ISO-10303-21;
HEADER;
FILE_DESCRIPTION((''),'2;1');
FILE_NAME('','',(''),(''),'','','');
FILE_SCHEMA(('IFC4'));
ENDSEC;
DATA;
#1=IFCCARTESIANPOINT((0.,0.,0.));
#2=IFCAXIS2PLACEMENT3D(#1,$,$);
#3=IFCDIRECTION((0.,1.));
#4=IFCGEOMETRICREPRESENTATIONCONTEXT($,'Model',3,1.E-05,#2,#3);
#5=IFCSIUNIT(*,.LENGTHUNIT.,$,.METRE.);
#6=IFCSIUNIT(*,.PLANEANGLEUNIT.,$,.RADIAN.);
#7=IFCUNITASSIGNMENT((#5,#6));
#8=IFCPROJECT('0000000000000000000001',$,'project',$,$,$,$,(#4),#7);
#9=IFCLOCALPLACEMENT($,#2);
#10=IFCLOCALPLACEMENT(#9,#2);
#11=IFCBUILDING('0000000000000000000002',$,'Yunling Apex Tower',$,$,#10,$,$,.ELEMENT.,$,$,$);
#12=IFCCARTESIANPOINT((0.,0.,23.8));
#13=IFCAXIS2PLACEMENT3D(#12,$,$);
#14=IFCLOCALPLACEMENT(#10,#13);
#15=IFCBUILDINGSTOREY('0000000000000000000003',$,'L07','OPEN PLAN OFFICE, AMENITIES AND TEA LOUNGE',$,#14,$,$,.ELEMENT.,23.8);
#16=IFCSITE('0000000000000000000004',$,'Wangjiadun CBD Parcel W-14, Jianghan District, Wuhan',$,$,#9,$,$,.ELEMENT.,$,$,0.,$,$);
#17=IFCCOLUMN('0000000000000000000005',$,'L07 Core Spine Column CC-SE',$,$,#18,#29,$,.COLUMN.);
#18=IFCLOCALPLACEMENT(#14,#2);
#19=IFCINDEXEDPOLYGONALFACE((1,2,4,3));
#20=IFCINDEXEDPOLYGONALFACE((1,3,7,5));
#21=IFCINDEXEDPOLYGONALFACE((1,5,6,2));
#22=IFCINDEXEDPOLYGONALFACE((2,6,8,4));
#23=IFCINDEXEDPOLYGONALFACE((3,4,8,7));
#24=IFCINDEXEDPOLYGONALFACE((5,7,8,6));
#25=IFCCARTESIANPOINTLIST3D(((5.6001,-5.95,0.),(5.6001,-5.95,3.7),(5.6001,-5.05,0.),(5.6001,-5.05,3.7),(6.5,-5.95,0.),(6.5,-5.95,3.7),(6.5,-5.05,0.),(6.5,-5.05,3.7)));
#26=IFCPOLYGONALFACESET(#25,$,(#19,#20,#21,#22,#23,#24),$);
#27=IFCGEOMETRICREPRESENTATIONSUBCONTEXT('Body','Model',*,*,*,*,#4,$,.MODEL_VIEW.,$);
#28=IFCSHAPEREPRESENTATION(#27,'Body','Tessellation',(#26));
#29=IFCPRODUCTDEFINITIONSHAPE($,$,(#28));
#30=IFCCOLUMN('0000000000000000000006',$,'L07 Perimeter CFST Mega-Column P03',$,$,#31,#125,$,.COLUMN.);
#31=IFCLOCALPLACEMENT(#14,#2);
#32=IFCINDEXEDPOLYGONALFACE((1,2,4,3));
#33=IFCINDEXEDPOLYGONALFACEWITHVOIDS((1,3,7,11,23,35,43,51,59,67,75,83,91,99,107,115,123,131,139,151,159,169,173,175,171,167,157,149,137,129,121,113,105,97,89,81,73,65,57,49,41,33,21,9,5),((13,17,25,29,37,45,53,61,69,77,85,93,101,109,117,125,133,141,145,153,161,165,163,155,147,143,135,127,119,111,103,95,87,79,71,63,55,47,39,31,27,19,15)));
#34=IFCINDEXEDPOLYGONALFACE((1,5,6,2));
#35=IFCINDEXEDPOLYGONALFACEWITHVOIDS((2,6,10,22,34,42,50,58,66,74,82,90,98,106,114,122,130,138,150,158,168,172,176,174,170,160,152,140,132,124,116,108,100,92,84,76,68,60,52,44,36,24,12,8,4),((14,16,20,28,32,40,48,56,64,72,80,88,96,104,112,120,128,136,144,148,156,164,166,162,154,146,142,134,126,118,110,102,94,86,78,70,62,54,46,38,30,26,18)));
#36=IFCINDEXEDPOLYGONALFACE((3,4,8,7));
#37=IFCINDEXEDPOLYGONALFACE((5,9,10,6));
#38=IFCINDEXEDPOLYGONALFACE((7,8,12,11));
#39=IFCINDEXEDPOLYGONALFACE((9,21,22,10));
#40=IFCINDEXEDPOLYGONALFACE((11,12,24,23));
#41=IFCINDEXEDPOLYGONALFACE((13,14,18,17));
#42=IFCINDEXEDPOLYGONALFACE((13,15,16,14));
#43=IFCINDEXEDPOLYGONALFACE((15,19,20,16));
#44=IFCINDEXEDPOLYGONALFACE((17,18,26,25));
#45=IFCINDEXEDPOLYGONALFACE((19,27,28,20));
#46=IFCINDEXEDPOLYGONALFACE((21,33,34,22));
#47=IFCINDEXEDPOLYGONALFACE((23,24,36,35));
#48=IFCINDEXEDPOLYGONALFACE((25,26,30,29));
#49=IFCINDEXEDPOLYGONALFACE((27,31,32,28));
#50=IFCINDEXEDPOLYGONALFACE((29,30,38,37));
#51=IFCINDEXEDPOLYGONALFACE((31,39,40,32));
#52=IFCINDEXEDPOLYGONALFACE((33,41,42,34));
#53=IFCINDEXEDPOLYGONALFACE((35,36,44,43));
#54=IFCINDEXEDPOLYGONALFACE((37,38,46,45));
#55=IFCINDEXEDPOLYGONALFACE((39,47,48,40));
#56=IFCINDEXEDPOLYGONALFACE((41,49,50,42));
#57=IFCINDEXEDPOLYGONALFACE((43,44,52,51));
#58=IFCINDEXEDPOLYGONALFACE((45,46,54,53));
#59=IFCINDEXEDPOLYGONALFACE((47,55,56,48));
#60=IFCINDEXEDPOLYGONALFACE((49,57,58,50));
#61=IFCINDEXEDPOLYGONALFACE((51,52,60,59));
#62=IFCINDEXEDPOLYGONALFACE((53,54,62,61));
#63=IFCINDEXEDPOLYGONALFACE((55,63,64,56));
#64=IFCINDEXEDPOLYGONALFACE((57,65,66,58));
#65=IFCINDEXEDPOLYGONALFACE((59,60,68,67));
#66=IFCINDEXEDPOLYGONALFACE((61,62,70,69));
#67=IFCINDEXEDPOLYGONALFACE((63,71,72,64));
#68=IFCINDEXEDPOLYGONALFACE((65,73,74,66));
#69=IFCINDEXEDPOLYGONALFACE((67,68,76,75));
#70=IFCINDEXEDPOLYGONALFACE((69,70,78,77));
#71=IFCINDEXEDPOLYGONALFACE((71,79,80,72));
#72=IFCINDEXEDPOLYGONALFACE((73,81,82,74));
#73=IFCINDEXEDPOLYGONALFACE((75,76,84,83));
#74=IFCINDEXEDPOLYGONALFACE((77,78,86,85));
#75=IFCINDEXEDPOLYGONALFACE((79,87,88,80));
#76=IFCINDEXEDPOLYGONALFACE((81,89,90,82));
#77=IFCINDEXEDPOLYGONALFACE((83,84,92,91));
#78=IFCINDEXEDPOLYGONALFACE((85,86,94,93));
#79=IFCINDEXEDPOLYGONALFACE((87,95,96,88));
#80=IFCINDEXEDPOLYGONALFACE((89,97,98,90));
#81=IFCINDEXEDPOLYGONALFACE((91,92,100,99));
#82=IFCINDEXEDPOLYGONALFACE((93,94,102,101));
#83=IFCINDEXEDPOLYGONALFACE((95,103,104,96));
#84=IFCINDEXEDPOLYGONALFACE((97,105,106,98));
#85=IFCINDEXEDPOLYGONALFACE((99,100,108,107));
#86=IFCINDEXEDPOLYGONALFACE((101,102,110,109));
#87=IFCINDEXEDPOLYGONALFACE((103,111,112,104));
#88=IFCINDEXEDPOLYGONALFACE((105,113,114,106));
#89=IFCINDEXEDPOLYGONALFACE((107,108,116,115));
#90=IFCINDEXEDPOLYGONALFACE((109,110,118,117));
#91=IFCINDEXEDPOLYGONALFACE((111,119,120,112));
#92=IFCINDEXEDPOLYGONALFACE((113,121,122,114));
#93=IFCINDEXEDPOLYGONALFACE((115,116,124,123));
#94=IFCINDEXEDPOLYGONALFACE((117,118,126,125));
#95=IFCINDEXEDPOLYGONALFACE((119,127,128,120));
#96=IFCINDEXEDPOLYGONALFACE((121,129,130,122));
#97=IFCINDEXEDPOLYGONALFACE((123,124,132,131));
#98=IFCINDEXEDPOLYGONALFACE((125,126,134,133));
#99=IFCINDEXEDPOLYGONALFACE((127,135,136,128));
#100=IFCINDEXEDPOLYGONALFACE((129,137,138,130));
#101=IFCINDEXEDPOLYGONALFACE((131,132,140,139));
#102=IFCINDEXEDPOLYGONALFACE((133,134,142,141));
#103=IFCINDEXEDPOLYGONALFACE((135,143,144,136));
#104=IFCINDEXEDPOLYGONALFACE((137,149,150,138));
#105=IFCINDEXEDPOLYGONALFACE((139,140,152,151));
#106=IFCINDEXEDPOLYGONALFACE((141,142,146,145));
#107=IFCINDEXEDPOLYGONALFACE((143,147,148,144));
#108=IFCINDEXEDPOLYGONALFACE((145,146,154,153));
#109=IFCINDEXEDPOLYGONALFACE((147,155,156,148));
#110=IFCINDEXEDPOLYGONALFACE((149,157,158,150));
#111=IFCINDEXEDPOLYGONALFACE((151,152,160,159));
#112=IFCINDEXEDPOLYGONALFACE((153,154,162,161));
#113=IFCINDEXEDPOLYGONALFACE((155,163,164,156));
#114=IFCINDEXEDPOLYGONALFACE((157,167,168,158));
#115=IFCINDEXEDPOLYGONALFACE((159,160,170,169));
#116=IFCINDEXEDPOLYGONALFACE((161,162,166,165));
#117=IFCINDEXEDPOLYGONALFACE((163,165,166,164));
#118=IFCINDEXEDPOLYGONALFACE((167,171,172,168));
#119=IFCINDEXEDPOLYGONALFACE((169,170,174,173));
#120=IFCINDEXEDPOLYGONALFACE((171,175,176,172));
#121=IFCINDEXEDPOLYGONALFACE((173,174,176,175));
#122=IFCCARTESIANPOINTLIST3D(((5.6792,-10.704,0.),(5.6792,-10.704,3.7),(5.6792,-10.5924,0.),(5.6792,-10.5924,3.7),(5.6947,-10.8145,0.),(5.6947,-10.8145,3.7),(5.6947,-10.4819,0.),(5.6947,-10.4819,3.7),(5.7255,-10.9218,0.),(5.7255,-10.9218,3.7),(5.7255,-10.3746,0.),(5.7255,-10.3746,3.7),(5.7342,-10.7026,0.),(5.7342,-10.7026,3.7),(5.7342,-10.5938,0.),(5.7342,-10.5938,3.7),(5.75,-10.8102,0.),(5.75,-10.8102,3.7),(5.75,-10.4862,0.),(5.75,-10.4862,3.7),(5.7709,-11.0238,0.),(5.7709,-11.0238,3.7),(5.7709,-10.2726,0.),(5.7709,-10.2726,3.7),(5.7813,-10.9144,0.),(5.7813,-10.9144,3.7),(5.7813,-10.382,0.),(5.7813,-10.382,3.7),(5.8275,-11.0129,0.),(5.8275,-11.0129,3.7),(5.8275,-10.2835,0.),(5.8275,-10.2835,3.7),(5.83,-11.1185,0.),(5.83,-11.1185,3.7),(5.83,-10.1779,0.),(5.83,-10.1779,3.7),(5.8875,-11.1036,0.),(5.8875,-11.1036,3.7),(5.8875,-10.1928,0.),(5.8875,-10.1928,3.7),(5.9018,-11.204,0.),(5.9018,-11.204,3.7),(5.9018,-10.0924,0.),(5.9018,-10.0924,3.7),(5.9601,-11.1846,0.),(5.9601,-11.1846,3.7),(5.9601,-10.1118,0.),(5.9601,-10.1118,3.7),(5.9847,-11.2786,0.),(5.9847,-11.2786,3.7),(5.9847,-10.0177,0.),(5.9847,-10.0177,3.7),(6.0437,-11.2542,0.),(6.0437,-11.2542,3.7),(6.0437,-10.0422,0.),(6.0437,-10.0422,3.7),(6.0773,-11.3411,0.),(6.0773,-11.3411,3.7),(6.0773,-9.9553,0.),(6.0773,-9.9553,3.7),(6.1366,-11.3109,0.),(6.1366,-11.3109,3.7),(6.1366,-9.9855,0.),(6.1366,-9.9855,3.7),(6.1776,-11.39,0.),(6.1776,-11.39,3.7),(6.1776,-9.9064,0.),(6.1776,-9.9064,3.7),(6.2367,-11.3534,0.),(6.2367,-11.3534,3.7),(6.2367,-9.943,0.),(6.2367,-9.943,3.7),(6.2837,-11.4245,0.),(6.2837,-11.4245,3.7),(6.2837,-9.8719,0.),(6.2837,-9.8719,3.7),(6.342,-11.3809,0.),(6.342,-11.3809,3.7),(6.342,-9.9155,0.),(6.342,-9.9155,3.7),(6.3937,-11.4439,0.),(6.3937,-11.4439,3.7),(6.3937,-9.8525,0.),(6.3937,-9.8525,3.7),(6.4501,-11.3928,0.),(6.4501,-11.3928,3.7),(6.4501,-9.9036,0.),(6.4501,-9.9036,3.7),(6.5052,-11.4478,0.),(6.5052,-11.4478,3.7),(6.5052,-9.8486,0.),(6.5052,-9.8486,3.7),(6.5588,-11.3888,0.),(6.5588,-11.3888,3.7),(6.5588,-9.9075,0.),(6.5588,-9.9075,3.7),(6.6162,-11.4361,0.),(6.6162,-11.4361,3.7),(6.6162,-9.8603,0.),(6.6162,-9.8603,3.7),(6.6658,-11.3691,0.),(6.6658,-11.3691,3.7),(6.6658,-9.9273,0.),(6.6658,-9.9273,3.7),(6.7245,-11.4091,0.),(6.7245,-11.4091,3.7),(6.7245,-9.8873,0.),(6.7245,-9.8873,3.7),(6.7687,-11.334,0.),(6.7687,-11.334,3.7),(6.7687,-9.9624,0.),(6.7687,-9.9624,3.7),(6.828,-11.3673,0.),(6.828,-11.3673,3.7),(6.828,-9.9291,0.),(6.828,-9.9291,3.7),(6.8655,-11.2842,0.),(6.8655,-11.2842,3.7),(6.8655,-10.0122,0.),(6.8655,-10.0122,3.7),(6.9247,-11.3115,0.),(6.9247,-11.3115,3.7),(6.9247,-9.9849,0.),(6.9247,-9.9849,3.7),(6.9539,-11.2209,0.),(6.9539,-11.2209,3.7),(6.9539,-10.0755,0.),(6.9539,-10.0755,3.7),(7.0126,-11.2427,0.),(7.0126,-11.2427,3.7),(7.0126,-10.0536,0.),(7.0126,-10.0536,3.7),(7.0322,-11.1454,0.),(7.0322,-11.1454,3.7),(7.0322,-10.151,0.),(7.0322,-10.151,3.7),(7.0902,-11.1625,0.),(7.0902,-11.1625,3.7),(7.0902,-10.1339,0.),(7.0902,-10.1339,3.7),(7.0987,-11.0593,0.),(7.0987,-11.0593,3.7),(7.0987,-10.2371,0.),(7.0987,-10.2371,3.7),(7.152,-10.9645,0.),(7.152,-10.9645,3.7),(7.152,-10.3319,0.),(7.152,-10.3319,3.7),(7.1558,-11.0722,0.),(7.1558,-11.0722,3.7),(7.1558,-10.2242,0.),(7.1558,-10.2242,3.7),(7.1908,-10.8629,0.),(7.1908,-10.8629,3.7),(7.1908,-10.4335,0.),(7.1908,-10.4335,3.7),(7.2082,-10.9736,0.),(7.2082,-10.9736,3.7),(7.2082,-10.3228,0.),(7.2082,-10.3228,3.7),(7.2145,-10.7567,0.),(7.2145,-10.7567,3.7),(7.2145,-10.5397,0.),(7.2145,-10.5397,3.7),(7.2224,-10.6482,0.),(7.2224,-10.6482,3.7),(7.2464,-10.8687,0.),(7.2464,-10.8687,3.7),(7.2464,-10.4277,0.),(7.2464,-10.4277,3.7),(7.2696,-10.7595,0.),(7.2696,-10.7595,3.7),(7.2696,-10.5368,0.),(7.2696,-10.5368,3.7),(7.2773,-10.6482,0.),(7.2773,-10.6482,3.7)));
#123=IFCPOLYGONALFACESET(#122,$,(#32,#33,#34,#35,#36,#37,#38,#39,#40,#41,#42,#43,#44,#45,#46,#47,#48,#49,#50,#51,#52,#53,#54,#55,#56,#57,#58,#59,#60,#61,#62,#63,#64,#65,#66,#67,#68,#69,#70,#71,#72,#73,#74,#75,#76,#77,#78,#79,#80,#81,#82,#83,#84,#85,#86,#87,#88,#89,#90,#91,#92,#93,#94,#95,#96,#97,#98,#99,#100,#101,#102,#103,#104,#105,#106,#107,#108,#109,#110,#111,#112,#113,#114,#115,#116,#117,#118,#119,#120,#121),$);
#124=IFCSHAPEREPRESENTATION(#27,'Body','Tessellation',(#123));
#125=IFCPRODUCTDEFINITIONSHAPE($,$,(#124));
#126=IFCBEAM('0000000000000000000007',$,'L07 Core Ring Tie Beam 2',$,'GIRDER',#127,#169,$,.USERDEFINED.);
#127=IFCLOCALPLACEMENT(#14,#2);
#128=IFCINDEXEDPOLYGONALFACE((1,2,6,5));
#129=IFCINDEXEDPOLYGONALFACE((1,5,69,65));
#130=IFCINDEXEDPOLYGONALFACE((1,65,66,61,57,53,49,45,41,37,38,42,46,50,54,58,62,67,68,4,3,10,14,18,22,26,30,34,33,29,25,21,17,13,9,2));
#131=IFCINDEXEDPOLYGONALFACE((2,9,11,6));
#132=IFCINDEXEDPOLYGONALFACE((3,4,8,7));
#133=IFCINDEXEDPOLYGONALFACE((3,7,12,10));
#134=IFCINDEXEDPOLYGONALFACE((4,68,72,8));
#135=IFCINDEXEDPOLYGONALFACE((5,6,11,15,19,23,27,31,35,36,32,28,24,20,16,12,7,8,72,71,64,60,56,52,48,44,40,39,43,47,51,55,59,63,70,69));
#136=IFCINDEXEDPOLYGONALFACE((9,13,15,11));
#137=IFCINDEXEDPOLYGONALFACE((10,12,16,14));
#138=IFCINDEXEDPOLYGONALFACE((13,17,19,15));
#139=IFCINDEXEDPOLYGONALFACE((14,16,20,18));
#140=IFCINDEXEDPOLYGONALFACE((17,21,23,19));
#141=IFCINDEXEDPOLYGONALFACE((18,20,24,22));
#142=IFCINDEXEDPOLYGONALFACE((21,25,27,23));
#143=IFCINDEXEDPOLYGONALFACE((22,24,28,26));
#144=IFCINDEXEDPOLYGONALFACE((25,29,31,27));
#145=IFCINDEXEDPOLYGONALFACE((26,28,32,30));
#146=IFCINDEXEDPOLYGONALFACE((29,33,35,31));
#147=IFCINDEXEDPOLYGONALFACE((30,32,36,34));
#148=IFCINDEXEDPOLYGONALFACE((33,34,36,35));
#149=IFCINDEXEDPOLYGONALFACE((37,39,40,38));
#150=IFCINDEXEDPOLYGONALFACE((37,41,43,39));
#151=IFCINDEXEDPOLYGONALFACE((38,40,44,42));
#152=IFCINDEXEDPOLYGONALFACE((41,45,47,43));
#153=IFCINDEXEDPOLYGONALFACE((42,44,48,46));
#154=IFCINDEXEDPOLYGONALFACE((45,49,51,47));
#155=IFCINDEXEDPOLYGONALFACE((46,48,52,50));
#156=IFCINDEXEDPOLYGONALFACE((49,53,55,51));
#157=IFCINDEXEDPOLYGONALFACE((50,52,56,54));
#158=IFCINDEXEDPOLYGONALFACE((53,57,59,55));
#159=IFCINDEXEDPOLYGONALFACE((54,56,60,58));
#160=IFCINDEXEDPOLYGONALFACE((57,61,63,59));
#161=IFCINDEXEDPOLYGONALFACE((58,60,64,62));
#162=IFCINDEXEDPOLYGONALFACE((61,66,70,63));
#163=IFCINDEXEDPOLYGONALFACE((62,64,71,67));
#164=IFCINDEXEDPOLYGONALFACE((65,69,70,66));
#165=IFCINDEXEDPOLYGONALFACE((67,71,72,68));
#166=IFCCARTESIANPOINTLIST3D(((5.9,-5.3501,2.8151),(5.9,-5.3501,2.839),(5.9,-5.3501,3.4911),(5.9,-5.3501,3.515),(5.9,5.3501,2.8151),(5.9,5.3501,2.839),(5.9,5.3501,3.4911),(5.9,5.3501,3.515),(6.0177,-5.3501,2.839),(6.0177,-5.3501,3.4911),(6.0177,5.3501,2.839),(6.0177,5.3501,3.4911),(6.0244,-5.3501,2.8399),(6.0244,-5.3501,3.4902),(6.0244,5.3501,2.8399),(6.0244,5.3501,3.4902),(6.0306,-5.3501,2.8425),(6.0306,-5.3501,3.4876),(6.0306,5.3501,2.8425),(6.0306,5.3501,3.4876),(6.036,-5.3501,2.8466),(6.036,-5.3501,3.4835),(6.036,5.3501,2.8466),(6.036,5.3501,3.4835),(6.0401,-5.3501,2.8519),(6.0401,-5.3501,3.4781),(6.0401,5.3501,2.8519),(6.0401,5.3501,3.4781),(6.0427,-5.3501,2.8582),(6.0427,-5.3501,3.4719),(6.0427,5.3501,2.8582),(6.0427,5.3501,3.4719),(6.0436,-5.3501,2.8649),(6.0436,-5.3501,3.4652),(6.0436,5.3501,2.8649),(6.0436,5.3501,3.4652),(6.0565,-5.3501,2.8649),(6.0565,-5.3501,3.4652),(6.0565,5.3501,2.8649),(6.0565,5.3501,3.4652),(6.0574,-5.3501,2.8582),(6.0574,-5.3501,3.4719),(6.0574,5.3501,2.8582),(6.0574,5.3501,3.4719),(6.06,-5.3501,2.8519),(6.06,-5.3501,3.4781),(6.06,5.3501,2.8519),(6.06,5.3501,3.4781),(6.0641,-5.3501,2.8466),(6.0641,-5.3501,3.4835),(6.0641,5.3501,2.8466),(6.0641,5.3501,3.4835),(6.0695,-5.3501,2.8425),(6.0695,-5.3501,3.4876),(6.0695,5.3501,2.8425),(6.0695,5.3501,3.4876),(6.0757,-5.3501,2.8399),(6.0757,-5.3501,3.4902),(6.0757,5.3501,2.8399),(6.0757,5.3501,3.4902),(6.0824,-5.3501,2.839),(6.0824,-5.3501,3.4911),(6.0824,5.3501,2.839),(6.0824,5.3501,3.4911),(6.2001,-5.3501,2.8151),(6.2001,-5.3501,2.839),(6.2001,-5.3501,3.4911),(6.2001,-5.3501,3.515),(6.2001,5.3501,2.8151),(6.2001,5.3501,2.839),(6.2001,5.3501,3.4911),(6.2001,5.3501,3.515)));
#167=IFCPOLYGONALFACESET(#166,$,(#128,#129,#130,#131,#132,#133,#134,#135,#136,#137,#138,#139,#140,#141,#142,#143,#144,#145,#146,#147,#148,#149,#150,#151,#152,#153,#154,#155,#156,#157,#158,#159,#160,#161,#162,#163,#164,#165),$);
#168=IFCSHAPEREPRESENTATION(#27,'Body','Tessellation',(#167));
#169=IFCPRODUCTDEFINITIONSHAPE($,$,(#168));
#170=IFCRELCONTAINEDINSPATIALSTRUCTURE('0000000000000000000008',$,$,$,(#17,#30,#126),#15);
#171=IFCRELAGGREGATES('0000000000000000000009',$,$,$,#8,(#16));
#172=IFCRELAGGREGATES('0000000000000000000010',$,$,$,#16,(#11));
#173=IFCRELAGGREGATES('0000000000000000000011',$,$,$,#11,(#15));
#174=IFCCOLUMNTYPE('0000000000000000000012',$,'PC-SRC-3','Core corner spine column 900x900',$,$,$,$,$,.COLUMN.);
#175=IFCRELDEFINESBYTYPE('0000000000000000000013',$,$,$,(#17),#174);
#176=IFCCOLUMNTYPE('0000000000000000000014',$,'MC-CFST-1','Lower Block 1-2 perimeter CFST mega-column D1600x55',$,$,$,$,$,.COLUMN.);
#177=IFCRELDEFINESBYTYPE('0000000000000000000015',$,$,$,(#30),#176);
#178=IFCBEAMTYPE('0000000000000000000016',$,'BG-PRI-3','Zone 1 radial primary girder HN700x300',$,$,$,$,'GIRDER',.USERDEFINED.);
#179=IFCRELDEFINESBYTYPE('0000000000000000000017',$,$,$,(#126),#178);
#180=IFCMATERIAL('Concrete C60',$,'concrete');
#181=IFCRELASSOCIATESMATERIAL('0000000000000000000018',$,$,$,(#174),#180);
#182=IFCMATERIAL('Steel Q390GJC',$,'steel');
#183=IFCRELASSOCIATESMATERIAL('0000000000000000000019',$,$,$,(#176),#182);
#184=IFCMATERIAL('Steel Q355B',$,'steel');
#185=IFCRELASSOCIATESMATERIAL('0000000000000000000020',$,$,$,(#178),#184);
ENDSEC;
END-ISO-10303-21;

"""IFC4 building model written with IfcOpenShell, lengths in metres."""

from ifc_helpers import new_model, si_unit, direction, frame, origin, origin_2d, place, context, subcontext, project, spatial, rectangle, hollow_circle, i_section, extrude, source, transform, mapped, material, material_profile, profile_set, type_object, element, save


model = new_model("IFC4")

# Units and contexts
model_context = context("Model", 3, precision=1e-05, world=origin(), true_north=direction((0.0, 1.0)))
body_context = subcontext(model_context, "Body", "Model", "MODEL_VIEW")
ifc_project = project(units=[si_unit("LENGTHUNIT", "METRE"), si_unit("PLANEANGLEUNIT", "RADIAN")], contexts=[model_context])

# Site, building, storey
site_placement = place(None, origin())
site = spatial("IfcSite", under=ifc_project, at=site_placement, Name="Wangjiadun CBD Parcel W-14, Jianghan District, Wuhan", CompositionType="ELEMENT", RefElevation=0.0)
building_placement = place(site_placement, origin())
building = spatial("IfcBuilding", under=site, at=building_placement, Name="Yunling Apex Tower", CompositionType="ELEMENT")
storey_placement = place(building_placement, frame((0.0, 0.0, 23.8)))
storey = spatial("IfcBuildingStorey", under=building, at=storey_placement, Name="L07", Description="OPEN PLAN OFFICE, AMENITIES AND TEA LOUNGE", CompositionType="ELEMENT", Elevation=23.8)

# Columns
ifc_material_1 = material(Name="Concrete C60", Category="concrete")
ifc_material_profile_1 = material_profile(ifc_material_1, rectangle(XDim=0.8999, YDim=0.8999, at=origin_2d()))
ifc_profile_set_1 = profile_set([ifc_material_profile_1], Name="Concrete C60")
column_type_1 = type_object("IfcColumnType", Name="PC-SRC-3", Description="Core corner spine column 900x900", PredefinedType="COLUMN", material=ifc_profile_set_1)
shared_shape_1 = source(origin(), body_context, "Body", "SweptSolid", [
    extrude(rectangle(XDim=0.8999, YDim=0.8999, at=origin_2d()), origin(), (0.0, 0.0, 1.0), 3.7),
])
column_1_placement = place(storey_placement, frame((6.05, -5.5, 0.0), z_axis=(0.0, 0.0, 1.0), x_axis=(1.0, 0.0, 0.0)))
element("IfcColumn", 1, at=column_1_placement, inside=storey, type_object=column_type_1, Name="L07 Core Spine Column CC-SE", PredefinedType="COLUMN", context=body_context, shape_type="MappedRepresentation", body=[
    mapped(shared_shape_1, transform((0.0, 0.0, 0.0), scale=1.0)),
])
ifc_material_2 = material(Name="Steel Q390GJC", Category="steel")
ifc_material_profile_2 = material_profile(ifc_material_2, hollow_circle(Radius=0.8, WallThickness=0.0549, at=origin_2d()))
ifc_profile_set_2 = profile_set([ifc_material_profile_2], Name="Steel Q390GJC")
column_type_2 = type_object("IfcColumnType", Name="MC-CFST-1", Description="Lower Block 1-2 perimeter CFST mega-column D1600x55", PredefinedType="COLUMN", material=ifc_profile_set_2)
shared_shape_2 = source(origin(), body_context, "Body", "SweptSolid", [
    extrude(hollow_circle(Radius=0.8, WallThickness=0.0549, at=origin_2d()), origin(), (0.0, 0.0, 1.0), 3.7),
])
column_2_placement = place(storey_placement, frame((6.4773, -10.6482, 0.0), z_axis=(0.0, 0.0, 1.0), x_axis=(1.0, 0.0, 0.0)))
element("IfcColumn", 2, at=column_2_placement, inside=storey, type_object=column_type_2, Name="L07 Perimeter CFST Mega-Column P03", PredefinedType="COLUMN", context=body_context, shape_type="MappedRepresentation", body=[
    mapped(shared_shape_2, transform((0.0, 0.0, 0.0), scale=1.0)),
])

# Beam
ifc_material_3 = material(Name="Steel Q355B", Category="steel")
ifc_material_profile_3 = material_profile(ifc_material_3, i_section(OverallWidth=0.3, OverallDepth=0.7, WebThickness=0.0129, FlangeThickness=0.0239, FilletRadius=0.0259, at=origin_2d()))
ifc_profile_set_3 = profile_set([ifc_material_profile_3], Name="Steel Q355B")
beam_type_1 = type_object("IfcBeamType", Name="BG-PRI-3", Description="Zone 1 radial primary girder HN700x300", ElementType="GIRDER", PredefinedType="USERDEFINED", material=ifc_profile_set_3)
shared_shape_3 = source(origin(), body_context, "Body", "SweptSolid", [
    extrude(i_section(OverallWidth=0.3, OverallDepth=0.7, WebThickness=0.0129, FlangeThickness=0.0239, FilletRadius=0.0259, at=origin_2d()), origin(), (0.0, 0.0, 1.0), 10.7002),
])
beam_1_placement = place(storey_placement, frame((6.05, -5.3501, 3.165), z_axis=(0.0, 1.0, 0.0), x_axis=(-1.0, 0.0, 0.0)))
element("IfcBeam", 3, at=beam_1_placement, inside=storey, type_object=beam_type_1, Name="L07 Core Ring Tie Beam 2", ObjectType="GIRDER", PredefinedType="USERDEFINED", context=body_context, shape_type="MappedRepresentation", body=[
    mapped(shared_shape_3, transform((0.0, 0.0, 0.0), scale=1.0)),
])

save(model, "model.ifc")
